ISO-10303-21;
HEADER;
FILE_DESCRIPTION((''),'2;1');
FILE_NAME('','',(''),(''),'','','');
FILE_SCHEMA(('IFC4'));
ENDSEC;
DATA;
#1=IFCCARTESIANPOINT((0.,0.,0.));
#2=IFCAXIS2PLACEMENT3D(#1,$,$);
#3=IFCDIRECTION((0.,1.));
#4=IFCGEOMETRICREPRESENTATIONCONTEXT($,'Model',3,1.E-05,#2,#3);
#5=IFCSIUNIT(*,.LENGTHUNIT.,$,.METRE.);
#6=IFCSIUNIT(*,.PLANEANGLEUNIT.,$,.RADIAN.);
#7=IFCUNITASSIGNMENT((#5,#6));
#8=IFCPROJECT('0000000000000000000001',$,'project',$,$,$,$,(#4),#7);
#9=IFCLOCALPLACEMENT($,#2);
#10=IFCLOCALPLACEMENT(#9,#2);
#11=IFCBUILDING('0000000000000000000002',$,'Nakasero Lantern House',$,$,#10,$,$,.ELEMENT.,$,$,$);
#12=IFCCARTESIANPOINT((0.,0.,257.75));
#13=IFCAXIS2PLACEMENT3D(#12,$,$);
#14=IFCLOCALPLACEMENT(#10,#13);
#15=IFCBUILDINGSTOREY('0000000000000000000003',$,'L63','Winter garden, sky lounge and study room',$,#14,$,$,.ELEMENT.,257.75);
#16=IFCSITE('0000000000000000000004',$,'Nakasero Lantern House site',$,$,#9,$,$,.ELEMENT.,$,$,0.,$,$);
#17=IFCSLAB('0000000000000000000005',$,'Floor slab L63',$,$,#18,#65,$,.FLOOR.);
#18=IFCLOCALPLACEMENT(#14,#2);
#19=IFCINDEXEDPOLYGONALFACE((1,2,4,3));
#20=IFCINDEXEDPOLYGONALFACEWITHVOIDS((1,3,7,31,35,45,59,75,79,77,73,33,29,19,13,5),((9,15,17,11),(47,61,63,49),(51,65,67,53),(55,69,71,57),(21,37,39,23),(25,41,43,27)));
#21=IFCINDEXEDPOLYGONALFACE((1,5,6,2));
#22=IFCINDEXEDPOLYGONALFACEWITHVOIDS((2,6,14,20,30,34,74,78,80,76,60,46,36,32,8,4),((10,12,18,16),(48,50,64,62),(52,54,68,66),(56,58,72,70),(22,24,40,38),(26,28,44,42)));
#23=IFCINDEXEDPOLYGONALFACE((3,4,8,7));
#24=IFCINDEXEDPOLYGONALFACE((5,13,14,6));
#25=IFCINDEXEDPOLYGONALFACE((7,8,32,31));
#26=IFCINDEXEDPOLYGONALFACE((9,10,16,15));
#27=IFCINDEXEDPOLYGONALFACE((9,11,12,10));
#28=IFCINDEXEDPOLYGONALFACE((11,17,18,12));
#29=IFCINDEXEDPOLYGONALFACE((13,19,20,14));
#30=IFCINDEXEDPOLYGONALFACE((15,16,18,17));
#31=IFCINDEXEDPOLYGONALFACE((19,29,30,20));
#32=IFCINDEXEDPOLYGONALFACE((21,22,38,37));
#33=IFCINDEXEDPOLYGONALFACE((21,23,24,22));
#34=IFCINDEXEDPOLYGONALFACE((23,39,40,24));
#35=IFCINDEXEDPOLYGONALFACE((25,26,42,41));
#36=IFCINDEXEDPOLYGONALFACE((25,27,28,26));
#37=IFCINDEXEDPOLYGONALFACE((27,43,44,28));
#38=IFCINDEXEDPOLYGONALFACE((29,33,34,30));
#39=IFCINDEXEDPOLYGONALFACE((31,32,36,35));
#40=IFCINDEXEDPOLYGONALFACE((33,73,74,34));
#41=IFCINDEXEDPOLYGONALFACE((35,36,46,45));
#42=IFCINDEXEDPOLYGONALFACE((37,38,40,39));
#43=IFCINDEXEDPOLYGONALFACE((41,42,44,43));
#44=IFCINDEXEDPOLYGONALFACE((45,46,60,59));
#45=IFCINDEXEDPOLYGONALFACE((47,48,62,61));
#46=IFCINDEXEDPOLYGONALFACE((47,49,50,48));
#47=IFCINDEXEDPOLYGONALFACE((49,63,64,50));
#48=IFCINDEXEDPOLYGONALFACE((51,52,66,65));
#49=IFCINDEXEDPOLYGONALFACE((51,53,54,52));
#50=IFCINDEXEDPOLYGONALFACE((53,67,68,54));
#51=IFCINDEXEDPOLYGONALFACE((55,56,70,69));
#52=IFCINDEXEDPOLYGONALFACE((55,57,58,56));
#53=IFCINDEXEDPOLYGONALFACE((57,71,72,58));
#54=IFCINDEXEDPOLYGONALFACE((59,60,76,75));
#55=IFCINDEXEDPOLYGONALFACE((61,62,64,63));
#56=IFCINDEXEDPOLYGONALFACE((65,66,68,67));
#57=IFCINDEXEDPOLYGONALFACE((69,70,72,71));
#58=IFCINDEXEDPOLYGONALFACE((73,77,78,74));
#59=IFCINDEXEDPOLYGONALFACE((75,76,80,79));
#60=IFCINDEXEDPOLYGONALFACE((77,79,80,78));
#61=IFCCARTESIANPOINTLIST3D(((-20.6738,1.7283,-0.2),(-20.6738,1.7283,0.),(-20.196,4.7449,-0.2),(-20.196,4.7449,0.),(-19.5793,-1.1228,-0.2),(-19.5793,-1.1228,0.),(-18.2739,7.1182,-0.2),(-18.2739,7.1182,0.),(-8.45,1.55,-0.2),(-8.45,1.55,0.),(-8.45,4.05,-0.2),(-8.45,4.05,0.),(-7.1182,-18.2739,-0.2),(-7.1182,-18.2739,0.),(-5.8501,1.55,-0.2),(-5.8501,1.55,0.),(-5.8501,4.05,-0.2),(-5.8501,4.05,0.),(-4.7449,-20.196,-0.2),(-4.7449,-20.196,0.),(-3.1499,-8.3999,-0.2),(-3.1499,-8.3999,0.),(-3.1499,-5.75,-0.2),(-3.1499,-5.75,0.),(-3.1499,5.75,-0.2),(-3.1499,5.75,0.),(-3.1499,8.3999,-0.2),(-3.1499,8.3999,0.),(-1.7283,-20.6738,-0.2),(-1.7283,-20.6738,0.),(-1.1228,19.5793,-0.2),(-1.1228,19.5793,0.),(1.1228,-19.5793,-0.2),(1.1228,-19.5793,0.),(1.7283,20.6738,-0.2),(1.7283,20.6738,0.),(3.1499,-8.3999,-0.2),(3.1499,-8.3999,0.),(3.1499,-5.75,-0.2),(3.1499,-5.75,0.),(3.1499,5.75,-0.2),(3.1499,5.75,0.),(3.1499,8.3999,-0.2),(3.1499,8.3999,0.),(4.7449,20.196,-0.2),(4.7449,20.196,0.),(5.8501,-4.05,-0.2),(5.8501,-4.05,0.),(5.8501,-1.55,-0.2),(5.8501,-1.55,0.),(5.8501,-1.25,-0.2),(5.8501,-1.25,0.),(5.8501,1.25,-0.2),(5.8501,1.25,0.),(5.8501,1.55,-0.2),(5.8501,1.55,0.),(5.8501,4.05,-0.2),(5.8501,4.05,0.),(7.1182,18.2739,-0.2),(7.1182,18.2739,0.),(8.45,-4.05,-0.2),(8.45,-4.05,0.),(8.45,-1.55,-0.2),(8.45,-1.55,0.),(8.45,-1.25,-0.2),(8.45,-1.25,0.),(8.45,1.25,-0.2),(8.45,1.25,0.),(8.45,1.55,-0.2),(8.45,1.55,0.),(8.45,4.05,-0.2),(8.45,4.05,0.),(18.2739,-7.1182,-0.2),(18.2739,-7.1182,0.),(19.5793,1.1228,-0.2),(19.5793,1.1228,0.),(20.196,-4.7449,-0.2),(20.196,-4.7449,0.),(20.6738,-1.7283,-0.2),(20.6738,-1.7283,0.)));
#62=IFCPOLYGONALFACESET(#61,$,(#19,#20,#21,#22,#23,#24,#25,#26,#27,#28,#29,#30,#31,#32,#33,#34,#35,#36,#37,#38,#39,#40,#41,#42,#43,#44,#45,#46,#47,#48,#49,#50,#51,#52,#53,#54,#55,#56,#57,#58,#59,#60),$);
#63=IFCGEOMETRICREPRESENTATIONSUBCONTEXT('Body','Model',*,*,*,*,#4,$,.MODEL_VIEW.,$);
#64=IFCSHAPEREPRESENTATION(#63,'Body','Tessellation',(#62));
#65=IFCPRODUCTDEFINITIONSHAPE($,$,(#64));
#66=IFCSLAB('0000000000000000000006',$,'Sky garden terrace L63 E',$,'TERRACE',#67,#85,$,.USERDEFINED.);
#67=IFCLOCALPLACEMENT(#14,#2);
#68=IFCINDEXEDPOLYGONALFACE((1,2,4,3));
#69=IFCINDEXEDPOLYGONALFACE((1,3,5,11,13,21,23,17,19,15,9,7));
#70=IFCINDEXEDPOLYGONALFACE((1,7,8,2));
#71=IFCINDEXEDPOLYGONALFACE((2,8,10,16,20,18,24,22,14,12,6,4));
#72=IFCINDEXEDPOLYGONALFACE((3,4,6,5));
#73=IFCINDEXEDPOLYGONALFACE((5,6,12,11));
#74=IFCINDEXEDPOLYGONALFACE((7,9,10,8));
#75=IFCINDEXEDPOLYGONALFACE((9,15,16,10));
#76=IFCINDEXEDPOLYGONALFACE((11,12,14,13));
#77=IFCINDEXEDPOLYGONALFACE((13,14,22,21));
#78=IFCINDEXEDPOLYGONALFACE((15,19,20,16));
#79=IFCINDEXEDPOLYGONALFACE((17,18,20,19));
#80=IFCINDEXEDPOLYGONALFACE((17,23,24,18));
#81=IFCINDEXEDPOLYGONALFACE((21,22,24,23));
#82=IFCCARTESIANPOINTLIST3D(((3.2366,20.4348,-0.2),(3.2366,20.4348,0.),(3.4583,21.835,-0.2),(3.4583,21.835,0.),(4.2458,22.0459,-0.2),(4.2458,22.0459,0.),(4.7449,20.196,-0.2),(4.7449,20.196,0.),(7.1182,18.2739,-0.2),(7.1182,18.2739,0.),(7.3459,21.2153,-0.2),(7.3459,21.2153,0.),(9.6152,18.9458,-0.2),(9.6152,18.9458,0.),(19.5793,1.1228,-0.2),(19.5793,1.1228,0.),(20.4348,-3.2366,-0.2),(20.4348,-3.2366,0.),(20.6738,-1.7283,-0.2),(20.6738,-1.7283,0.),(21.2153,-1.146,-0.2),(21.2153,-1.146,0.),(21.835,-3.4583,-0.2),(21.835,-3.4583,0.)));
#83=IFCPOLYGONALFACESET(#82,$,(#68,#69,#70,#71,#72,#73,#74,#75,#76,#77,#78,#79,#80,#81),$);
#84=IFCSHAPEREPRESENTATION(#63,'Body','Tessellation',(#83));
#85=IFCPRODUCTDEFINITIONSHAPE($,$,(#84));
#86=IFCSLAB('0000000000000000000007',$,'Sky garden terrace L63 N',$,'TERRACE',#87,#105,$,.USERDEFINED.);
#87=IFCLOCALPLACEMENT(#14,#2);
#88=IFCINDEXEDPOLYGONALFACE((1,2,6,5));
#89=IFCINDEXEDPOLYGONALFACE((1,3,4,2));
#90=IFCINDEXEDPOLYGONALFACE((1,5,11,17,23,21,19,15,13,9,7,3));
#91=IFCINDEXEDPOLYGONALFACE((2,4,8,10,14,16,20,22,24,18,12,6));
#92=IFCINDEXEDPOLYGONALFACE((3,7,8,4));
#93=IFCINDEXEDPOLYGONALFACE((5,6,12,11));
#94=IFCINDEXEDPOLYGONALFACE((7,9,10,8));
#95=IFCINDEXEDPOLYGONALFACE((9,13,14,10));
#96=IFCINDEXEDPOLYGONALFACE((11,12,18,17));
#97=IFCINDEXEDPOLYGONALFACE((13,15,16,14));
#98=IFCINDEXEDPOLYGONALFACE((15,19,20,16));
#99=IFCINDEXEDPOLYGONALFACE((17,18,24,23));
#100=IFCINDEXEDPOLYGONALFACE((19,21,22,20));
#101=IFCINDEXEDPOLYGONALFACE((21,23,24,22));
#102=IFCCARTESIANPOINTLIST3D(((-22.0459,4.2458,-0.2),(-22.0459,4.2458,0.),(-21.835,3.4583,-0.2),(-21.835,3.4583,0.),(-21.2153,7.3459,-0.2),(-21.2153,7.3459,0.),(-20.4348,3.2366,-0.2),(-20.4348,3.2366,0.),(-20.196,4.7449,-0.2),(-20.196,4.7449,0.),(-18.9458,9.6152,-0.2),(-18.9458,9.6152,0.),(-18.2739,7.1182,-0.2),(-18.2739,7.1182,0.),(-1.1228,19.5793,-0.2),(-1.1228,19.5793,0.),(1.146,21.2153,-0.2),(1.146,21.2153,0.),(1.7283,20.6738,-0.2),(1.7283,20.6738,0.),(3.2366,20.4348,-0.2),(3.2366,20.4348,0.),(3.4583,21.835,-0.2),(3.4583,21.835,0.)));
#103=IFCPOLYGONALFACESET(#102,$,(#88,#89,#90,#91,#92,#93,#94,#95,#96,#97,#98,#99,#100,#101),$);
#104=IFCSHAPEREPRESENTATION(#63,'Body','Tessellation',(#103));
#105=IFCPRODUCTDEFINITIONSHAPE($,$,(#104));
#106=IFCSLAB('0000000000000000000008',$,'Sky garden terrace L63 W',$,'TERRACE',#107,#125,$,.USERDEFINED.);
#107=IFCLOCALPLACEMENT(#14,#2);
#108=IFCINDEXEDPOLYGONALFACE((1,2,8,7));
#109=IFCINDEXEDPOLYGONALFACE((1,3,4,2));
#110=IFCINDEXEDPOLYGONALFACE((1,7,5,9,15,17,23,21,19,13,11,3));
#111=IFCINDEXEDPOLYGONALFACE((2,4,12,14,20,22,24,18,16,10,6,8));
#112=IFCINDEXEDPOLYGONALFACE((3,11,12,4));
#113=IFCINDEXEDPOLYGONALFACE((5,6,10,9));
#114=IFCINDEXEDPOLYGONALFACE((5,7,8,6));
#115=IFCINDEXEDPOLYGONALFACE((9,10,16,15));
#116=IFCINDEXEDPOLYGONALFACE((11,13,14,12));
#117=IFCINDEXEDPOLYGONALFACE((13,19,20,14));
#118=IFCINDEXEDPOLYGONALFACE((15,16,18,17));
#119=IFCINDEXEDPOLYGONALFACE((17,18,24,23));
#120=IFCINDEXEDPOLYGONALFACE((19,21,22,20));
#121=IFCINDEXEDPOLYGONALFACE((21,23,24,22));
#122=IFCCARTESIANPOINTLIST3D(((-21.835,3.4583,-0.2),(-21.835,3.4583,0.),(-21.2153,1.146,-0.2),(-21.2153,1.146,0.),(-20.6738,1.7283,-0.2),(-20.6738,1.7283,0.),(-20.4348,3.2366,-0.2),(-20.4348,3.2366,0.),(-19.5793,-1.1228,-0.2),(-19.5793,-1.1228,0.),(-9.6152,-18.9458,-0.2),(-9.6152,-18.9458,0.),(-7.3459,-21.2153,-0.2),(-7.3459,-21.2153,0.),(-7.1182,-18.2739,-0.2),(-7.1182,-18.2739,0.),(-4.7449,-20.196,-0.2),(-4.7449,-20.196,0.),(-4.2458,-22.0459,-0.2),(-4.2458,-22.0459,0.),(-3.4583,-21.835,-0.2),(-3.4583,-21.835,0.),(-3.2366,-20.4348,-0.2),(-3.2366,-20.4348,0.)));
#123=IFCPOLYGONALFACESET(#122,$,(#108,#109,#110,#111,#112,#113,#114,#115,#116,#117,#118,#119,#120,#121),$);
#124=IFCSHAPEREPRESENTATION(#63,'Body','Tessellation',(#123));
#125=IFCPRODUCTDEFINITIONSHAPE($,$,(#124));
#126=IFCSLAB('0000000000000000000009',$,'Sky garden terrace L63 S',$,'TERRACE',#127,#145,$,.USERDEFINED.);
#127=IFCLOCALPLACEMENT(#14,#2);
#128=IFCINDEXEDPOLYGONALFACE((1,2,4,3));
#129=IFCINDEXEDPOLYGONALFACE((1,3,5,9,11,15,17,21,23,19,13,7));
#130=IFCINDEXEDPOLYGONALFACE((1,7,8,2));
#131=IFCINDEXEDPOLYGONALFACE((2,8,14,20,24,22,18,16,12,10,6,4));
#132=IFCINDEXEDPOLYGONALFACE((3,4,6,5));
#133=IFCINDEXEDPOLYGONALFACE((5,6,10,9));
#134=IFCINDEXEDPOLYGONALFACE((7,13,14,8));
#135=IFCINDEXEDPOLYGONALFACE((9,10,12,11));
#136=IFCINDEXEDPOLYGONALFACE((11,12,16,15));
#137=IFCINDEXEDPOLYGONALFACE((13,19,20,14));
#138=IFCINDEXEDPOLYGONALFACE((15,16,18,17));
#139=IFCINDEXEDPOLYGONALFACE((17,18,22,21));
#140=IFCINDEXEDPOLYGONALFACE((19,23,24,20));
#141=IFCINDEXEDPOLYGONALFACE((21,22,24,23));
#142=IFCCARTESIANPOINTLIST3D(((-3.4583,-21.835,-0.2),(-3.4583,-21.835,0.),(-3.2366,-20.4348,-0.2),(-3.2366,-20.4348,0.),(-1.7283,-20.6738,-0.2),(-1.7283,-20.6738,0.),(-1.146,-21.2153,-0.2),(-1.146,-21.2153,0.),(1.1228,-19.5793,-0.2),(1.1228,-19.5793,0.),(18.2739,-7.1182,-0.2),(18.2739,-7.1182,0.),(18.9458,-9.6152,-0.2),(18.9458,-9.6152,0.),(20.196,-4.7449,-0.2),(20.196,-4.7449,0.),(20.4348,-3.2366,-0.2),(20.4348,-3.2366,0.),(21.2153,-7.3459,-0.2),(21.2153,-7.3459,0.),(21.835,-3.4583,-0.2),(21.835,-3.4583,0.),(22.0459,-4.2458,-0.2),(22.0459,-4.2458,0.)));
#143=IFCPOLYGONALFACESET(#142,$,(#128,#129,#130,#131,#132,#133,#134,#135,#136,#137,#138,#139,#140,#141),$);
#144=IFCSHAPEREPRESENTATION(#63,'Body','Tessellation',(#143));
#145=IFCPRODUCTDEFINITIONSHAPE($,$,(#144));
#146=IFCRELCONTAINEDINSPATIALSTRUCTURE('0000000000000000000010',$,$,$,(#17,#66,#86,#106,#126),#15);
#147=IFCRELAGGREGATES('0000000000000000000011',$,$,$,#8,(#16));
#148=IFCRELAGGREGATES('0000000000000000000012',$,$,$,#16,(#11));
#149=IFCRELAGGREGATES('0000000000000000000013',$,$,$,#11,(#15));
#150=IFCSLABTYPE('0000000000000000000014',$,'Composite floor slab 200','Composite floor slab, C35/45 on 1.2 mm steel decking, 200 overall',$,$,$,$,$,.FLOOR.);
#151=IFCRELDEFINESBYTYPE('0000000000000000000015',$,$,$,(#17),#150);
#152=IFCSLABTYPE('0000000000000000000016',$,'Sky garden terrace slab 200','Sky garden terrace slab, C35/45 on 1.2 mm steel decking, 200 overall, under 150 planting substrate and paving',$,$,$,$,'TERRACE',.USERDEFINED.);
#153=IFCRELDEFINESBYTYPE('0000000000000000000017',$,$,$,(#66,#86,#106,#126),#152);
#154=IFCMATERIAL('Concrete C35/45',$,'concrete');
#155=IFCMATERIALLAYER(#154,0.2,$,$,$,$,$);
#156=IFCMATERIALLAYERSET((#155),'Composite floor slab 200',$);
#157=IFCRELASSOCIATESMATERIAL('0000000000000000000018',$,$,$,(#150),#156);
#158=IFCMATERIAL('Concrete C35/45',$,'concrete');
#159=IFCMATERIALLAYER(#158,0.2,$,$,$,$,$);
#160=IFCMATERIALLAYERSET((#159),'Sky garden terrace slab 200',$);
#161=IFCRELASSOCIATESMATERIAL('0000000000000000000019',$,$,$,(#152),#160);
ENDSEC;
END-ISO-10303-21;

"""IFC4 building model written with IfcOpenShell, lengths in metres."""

from ifc_helpers import new_model, si_unit, direction, frame, origin, place, context, subcontext, project, spatial, polyline, outline, extrude, material, layer, layer_set, type_object, element, save


model = new_model("IFC4")

# Units and contexts
model_context = context("Model", 3, precision=1e-05, world=origin(), true_north=direction((0.0, 1.0)))
body_context = subcontext(model_context, "Body", "Model", "MODEL_VIEW")
ifc_project = project(units=[si_unit("LENGTHUNIT", "METRE"), si_unit("PLANEANGLEUNIT", "RADIAN")], contexts=[model_context])

# Site, building, storey
site_placement = place(None, origin())
site = spatial("IfcSite", under=ifc_project, at=site_placement, Name="Nakasero Lantern House site", CompositionType="ELEMENT", RefElevation=0.0)
building_placement = place(site_placement, origin())
building = spatial("IfcBuilding", under=site, at=building_placement, Name="Nakasero Lantern House", CompositionType="ELEMENT")
storey_placement = place(building_placement, frame((0.0, 0.0, 257.75)))
storey = spatial("IfcBuildingStorey", under=building, at=storey_placement, Name="L63", Description="Winter garden, sky lounge and study room", CompositionType="ELEMENT", Elevation=257.75)

# Slabs
ifc_material_1 = material(Name="Concrete C35/45", Category="concrete")
ifc_layer_1 = layer(ifc_material_1, 0.2)
ifc_layer_set_1 = layer_set([ifc_layer_1], Name="Composite floor slab 200")
slab_type_1 = type_object("IfcSlabType", Name="Composite floor slab 200", Description="Composite floor slab, C35/45 on 1.2 mm steel decking, 200 overall", PredefinedType="FLOOR", material=ifc_layer_set_1)
slab_1_placement = place(storey_placement, frame((0.0, 0.0, -0.2)))
element("IfcSlab", 1, at=slab_1_placement, inside=storey, type_object=slab_type_1, Name="Floor slab L63", PredefinedType="FLOOR", context=body_context, shape_type="SweptSolid", body=[
    extrude(outline(polyline([(7.1182, 18.2739), (4.7449, 20.196), (1.7283, 20.6738), (-1.1228, 19.5793), (-18.2739, 7.1182), (-20.196, 4.7449), (-20.6738, 1.7283), (-19.5793, -1.1228), (-7.1182, -18.2739), (-4.7449, -20.196), (-1.7283, -20.6738), (1.1228, -19.5793), (18.2739, -7.1182), (20.196, -4.7449), (20.6738, -1.7283), (19.5793, 1.1228), (7.1182, 18.2739)]), holes=[polyline([(-8.45, 1.55), (-5.8501, 1.55), (-5.8501, 4.05), (-8.45, 4.05), (-8.45, 1.55)]), polyline([(5.8501, -4.05), (8.45, -4.05), (8.45, -1.55), (5.8501, -1.55), (5.8501, -4.05)]), polyline([(5.8501, -1.25), (8.45, -1.25), (8.45, 1.25), (5.8501, 1.25), (5.8501, -1.25)]), polyline([(5.8501, 1.55), (8.45, 1.55), (8.45, 4.05), (5.8501, 4.05), (5.8501, 1.55)]), polyline([(-3.1499, 5.75), (3.1499, 5.75), (3.1499, 8.3999), (-3.1499, 8.3999), (-3.1499, 5.75)]), polyline([(-3.1499, -8.3999), (3.1499, -8.3999), (3.1499, -5.75), (-3.1499, -5.75), (-3.1499, -8.3999)])]), origin(), (0.0, 0.0, 1.0), 0.2),
])
ifc_material_2 = material(Name="Concrete C35/45", Category="concrete")
ifc_layer_2 = layer(ifc_material_2, 0.2)
ifc_layer_set_2 = layer_set([ifc_layer_2], Name="Sky garden terrace slab 200")
slab_type_2 = type_object("IfcSlabType", Name="Sky garden terrace slab 200", Description="Sky garden terrace slab, C35/45 on 1.2 mm steel decking, 200 overall, under 150 planting substrate and paving", ElementType="TERRACE", PredefinedType="USERDEFINED", material=ifc_layer_set_2)
slab_2_placement = place(storey_placement, frame((0.0, 0.0, -0.2)))
element("IfcSlab", 2, at=slab_2_placement, inside=storey, type_object=slab_type_2, Name="Sky garden terrace L63 E", ObjectType="TERRACE", PredefinedType="USERDEFINED", context=body_context, shape_type="SweptSolid", body=[
    extrude(outline(polyline([(21.835, -3.4583), (20.4348, -3.2366), (20.6738, -1.7283), (19.5793, 1.1228), (7.1182, 18.2739), (4.7449, 20.196), (3.2366, 20.4348), (3.4583, 21.835), (4.2458, 22.0459), (7.3459, 21.2153), (9.6152, 18.9458), (21.2153, -1.146), (21.835, -3.4583)])), origin(), (0.0, 0.0, 1.0), 0.2),
])
slab_3_placement = place(storey_placement, frame((0.0, 0.0, -0.2)))
element("IfcSlab", 3, at=slab_3_placement, inside=storey, type_object=slab_type_2, Name="Sky garden terrace L63 N", ObjectType="TERRACE", PredefinedType="USERDEFINED", context=body_context, shape_type="SweptSolid", body=[
    extrude(outline(polyline([(-22.0459, 4.2458), (-21.2153, 7.3459), (-18.9458, 9.6152), (1.146, 21.2153), (3.4583, 21.835), (3.2366, 20.4348), (1.7283, 20.6738), (-1.1228, 19.5793), (-18.2739, 7.1182), (-20.196, 4.7449), (-20.4348, 3.2366), (-21.835, 3.4583), (-22.0459, 4.2458)])), origin(), (0.0, 0.0, 1.0), 0.2),
])
slab_4_placement = place(storey_placement, frame((0.0, 0.0, -0.2)))
element("IfcSlab", 4, at=slab_4_placement, inside=storey, type_object=slab_type_2, Name="Sky garden terrace L63 W", ObjectType="TERRACE", PredefinedType="USERDEFINED", context=body_context, shape_type="SweptSolid", body=[
    extrude(outline(polyline([(-4.2458, -22.0459), (-7.3459, -21.2153), (-9.6152, -18.9458), (-21.2153, 1.146), (-21.835, 3.4583), (-20.4348, 3.2366), (-20.6738, 1.7283), (-19.5793, -1.1228), (-7.1182, -18.2739), (-4.7449, -20.196), (-3.2366, -20.4348), (-3.4583, -21.835), (-4.2458, -22.0459)])), origin(), (0.0, 0.0, 1.0), 0.2),
])
slab_5_placement = place(storey_placement, frame((0.0, 0.0, -0.2)))
element("IfcSlab", 5, at=slab_5_placement, inside=storey, type_object=slab_type_2, Name="Sky garden terrace L63 S", ObjectType="TERRACE", PredefinedType="USERDEFINED", context=body_context, shape_type="SweptSolid", body=[
    extrude(outline(polyline([(22.0459, -4.2458), (21.2153, -7.3459), (18.9458, -9.6152), (-1.146, -21.2153), (-3.4583, -21.835), (-3.2366, -20.4348), (-1.7283, -20.6738), (1.1228, -19.5793), (18.2739, -7.1182), (20.196, -4.7449), (20.4348, -3.2366), (21.835, -3.4583), (22.0459, -4.2458)])), origin(), (0.0, 0.0, 1.0), 0.2),
])

save(model, "model.ifc")
